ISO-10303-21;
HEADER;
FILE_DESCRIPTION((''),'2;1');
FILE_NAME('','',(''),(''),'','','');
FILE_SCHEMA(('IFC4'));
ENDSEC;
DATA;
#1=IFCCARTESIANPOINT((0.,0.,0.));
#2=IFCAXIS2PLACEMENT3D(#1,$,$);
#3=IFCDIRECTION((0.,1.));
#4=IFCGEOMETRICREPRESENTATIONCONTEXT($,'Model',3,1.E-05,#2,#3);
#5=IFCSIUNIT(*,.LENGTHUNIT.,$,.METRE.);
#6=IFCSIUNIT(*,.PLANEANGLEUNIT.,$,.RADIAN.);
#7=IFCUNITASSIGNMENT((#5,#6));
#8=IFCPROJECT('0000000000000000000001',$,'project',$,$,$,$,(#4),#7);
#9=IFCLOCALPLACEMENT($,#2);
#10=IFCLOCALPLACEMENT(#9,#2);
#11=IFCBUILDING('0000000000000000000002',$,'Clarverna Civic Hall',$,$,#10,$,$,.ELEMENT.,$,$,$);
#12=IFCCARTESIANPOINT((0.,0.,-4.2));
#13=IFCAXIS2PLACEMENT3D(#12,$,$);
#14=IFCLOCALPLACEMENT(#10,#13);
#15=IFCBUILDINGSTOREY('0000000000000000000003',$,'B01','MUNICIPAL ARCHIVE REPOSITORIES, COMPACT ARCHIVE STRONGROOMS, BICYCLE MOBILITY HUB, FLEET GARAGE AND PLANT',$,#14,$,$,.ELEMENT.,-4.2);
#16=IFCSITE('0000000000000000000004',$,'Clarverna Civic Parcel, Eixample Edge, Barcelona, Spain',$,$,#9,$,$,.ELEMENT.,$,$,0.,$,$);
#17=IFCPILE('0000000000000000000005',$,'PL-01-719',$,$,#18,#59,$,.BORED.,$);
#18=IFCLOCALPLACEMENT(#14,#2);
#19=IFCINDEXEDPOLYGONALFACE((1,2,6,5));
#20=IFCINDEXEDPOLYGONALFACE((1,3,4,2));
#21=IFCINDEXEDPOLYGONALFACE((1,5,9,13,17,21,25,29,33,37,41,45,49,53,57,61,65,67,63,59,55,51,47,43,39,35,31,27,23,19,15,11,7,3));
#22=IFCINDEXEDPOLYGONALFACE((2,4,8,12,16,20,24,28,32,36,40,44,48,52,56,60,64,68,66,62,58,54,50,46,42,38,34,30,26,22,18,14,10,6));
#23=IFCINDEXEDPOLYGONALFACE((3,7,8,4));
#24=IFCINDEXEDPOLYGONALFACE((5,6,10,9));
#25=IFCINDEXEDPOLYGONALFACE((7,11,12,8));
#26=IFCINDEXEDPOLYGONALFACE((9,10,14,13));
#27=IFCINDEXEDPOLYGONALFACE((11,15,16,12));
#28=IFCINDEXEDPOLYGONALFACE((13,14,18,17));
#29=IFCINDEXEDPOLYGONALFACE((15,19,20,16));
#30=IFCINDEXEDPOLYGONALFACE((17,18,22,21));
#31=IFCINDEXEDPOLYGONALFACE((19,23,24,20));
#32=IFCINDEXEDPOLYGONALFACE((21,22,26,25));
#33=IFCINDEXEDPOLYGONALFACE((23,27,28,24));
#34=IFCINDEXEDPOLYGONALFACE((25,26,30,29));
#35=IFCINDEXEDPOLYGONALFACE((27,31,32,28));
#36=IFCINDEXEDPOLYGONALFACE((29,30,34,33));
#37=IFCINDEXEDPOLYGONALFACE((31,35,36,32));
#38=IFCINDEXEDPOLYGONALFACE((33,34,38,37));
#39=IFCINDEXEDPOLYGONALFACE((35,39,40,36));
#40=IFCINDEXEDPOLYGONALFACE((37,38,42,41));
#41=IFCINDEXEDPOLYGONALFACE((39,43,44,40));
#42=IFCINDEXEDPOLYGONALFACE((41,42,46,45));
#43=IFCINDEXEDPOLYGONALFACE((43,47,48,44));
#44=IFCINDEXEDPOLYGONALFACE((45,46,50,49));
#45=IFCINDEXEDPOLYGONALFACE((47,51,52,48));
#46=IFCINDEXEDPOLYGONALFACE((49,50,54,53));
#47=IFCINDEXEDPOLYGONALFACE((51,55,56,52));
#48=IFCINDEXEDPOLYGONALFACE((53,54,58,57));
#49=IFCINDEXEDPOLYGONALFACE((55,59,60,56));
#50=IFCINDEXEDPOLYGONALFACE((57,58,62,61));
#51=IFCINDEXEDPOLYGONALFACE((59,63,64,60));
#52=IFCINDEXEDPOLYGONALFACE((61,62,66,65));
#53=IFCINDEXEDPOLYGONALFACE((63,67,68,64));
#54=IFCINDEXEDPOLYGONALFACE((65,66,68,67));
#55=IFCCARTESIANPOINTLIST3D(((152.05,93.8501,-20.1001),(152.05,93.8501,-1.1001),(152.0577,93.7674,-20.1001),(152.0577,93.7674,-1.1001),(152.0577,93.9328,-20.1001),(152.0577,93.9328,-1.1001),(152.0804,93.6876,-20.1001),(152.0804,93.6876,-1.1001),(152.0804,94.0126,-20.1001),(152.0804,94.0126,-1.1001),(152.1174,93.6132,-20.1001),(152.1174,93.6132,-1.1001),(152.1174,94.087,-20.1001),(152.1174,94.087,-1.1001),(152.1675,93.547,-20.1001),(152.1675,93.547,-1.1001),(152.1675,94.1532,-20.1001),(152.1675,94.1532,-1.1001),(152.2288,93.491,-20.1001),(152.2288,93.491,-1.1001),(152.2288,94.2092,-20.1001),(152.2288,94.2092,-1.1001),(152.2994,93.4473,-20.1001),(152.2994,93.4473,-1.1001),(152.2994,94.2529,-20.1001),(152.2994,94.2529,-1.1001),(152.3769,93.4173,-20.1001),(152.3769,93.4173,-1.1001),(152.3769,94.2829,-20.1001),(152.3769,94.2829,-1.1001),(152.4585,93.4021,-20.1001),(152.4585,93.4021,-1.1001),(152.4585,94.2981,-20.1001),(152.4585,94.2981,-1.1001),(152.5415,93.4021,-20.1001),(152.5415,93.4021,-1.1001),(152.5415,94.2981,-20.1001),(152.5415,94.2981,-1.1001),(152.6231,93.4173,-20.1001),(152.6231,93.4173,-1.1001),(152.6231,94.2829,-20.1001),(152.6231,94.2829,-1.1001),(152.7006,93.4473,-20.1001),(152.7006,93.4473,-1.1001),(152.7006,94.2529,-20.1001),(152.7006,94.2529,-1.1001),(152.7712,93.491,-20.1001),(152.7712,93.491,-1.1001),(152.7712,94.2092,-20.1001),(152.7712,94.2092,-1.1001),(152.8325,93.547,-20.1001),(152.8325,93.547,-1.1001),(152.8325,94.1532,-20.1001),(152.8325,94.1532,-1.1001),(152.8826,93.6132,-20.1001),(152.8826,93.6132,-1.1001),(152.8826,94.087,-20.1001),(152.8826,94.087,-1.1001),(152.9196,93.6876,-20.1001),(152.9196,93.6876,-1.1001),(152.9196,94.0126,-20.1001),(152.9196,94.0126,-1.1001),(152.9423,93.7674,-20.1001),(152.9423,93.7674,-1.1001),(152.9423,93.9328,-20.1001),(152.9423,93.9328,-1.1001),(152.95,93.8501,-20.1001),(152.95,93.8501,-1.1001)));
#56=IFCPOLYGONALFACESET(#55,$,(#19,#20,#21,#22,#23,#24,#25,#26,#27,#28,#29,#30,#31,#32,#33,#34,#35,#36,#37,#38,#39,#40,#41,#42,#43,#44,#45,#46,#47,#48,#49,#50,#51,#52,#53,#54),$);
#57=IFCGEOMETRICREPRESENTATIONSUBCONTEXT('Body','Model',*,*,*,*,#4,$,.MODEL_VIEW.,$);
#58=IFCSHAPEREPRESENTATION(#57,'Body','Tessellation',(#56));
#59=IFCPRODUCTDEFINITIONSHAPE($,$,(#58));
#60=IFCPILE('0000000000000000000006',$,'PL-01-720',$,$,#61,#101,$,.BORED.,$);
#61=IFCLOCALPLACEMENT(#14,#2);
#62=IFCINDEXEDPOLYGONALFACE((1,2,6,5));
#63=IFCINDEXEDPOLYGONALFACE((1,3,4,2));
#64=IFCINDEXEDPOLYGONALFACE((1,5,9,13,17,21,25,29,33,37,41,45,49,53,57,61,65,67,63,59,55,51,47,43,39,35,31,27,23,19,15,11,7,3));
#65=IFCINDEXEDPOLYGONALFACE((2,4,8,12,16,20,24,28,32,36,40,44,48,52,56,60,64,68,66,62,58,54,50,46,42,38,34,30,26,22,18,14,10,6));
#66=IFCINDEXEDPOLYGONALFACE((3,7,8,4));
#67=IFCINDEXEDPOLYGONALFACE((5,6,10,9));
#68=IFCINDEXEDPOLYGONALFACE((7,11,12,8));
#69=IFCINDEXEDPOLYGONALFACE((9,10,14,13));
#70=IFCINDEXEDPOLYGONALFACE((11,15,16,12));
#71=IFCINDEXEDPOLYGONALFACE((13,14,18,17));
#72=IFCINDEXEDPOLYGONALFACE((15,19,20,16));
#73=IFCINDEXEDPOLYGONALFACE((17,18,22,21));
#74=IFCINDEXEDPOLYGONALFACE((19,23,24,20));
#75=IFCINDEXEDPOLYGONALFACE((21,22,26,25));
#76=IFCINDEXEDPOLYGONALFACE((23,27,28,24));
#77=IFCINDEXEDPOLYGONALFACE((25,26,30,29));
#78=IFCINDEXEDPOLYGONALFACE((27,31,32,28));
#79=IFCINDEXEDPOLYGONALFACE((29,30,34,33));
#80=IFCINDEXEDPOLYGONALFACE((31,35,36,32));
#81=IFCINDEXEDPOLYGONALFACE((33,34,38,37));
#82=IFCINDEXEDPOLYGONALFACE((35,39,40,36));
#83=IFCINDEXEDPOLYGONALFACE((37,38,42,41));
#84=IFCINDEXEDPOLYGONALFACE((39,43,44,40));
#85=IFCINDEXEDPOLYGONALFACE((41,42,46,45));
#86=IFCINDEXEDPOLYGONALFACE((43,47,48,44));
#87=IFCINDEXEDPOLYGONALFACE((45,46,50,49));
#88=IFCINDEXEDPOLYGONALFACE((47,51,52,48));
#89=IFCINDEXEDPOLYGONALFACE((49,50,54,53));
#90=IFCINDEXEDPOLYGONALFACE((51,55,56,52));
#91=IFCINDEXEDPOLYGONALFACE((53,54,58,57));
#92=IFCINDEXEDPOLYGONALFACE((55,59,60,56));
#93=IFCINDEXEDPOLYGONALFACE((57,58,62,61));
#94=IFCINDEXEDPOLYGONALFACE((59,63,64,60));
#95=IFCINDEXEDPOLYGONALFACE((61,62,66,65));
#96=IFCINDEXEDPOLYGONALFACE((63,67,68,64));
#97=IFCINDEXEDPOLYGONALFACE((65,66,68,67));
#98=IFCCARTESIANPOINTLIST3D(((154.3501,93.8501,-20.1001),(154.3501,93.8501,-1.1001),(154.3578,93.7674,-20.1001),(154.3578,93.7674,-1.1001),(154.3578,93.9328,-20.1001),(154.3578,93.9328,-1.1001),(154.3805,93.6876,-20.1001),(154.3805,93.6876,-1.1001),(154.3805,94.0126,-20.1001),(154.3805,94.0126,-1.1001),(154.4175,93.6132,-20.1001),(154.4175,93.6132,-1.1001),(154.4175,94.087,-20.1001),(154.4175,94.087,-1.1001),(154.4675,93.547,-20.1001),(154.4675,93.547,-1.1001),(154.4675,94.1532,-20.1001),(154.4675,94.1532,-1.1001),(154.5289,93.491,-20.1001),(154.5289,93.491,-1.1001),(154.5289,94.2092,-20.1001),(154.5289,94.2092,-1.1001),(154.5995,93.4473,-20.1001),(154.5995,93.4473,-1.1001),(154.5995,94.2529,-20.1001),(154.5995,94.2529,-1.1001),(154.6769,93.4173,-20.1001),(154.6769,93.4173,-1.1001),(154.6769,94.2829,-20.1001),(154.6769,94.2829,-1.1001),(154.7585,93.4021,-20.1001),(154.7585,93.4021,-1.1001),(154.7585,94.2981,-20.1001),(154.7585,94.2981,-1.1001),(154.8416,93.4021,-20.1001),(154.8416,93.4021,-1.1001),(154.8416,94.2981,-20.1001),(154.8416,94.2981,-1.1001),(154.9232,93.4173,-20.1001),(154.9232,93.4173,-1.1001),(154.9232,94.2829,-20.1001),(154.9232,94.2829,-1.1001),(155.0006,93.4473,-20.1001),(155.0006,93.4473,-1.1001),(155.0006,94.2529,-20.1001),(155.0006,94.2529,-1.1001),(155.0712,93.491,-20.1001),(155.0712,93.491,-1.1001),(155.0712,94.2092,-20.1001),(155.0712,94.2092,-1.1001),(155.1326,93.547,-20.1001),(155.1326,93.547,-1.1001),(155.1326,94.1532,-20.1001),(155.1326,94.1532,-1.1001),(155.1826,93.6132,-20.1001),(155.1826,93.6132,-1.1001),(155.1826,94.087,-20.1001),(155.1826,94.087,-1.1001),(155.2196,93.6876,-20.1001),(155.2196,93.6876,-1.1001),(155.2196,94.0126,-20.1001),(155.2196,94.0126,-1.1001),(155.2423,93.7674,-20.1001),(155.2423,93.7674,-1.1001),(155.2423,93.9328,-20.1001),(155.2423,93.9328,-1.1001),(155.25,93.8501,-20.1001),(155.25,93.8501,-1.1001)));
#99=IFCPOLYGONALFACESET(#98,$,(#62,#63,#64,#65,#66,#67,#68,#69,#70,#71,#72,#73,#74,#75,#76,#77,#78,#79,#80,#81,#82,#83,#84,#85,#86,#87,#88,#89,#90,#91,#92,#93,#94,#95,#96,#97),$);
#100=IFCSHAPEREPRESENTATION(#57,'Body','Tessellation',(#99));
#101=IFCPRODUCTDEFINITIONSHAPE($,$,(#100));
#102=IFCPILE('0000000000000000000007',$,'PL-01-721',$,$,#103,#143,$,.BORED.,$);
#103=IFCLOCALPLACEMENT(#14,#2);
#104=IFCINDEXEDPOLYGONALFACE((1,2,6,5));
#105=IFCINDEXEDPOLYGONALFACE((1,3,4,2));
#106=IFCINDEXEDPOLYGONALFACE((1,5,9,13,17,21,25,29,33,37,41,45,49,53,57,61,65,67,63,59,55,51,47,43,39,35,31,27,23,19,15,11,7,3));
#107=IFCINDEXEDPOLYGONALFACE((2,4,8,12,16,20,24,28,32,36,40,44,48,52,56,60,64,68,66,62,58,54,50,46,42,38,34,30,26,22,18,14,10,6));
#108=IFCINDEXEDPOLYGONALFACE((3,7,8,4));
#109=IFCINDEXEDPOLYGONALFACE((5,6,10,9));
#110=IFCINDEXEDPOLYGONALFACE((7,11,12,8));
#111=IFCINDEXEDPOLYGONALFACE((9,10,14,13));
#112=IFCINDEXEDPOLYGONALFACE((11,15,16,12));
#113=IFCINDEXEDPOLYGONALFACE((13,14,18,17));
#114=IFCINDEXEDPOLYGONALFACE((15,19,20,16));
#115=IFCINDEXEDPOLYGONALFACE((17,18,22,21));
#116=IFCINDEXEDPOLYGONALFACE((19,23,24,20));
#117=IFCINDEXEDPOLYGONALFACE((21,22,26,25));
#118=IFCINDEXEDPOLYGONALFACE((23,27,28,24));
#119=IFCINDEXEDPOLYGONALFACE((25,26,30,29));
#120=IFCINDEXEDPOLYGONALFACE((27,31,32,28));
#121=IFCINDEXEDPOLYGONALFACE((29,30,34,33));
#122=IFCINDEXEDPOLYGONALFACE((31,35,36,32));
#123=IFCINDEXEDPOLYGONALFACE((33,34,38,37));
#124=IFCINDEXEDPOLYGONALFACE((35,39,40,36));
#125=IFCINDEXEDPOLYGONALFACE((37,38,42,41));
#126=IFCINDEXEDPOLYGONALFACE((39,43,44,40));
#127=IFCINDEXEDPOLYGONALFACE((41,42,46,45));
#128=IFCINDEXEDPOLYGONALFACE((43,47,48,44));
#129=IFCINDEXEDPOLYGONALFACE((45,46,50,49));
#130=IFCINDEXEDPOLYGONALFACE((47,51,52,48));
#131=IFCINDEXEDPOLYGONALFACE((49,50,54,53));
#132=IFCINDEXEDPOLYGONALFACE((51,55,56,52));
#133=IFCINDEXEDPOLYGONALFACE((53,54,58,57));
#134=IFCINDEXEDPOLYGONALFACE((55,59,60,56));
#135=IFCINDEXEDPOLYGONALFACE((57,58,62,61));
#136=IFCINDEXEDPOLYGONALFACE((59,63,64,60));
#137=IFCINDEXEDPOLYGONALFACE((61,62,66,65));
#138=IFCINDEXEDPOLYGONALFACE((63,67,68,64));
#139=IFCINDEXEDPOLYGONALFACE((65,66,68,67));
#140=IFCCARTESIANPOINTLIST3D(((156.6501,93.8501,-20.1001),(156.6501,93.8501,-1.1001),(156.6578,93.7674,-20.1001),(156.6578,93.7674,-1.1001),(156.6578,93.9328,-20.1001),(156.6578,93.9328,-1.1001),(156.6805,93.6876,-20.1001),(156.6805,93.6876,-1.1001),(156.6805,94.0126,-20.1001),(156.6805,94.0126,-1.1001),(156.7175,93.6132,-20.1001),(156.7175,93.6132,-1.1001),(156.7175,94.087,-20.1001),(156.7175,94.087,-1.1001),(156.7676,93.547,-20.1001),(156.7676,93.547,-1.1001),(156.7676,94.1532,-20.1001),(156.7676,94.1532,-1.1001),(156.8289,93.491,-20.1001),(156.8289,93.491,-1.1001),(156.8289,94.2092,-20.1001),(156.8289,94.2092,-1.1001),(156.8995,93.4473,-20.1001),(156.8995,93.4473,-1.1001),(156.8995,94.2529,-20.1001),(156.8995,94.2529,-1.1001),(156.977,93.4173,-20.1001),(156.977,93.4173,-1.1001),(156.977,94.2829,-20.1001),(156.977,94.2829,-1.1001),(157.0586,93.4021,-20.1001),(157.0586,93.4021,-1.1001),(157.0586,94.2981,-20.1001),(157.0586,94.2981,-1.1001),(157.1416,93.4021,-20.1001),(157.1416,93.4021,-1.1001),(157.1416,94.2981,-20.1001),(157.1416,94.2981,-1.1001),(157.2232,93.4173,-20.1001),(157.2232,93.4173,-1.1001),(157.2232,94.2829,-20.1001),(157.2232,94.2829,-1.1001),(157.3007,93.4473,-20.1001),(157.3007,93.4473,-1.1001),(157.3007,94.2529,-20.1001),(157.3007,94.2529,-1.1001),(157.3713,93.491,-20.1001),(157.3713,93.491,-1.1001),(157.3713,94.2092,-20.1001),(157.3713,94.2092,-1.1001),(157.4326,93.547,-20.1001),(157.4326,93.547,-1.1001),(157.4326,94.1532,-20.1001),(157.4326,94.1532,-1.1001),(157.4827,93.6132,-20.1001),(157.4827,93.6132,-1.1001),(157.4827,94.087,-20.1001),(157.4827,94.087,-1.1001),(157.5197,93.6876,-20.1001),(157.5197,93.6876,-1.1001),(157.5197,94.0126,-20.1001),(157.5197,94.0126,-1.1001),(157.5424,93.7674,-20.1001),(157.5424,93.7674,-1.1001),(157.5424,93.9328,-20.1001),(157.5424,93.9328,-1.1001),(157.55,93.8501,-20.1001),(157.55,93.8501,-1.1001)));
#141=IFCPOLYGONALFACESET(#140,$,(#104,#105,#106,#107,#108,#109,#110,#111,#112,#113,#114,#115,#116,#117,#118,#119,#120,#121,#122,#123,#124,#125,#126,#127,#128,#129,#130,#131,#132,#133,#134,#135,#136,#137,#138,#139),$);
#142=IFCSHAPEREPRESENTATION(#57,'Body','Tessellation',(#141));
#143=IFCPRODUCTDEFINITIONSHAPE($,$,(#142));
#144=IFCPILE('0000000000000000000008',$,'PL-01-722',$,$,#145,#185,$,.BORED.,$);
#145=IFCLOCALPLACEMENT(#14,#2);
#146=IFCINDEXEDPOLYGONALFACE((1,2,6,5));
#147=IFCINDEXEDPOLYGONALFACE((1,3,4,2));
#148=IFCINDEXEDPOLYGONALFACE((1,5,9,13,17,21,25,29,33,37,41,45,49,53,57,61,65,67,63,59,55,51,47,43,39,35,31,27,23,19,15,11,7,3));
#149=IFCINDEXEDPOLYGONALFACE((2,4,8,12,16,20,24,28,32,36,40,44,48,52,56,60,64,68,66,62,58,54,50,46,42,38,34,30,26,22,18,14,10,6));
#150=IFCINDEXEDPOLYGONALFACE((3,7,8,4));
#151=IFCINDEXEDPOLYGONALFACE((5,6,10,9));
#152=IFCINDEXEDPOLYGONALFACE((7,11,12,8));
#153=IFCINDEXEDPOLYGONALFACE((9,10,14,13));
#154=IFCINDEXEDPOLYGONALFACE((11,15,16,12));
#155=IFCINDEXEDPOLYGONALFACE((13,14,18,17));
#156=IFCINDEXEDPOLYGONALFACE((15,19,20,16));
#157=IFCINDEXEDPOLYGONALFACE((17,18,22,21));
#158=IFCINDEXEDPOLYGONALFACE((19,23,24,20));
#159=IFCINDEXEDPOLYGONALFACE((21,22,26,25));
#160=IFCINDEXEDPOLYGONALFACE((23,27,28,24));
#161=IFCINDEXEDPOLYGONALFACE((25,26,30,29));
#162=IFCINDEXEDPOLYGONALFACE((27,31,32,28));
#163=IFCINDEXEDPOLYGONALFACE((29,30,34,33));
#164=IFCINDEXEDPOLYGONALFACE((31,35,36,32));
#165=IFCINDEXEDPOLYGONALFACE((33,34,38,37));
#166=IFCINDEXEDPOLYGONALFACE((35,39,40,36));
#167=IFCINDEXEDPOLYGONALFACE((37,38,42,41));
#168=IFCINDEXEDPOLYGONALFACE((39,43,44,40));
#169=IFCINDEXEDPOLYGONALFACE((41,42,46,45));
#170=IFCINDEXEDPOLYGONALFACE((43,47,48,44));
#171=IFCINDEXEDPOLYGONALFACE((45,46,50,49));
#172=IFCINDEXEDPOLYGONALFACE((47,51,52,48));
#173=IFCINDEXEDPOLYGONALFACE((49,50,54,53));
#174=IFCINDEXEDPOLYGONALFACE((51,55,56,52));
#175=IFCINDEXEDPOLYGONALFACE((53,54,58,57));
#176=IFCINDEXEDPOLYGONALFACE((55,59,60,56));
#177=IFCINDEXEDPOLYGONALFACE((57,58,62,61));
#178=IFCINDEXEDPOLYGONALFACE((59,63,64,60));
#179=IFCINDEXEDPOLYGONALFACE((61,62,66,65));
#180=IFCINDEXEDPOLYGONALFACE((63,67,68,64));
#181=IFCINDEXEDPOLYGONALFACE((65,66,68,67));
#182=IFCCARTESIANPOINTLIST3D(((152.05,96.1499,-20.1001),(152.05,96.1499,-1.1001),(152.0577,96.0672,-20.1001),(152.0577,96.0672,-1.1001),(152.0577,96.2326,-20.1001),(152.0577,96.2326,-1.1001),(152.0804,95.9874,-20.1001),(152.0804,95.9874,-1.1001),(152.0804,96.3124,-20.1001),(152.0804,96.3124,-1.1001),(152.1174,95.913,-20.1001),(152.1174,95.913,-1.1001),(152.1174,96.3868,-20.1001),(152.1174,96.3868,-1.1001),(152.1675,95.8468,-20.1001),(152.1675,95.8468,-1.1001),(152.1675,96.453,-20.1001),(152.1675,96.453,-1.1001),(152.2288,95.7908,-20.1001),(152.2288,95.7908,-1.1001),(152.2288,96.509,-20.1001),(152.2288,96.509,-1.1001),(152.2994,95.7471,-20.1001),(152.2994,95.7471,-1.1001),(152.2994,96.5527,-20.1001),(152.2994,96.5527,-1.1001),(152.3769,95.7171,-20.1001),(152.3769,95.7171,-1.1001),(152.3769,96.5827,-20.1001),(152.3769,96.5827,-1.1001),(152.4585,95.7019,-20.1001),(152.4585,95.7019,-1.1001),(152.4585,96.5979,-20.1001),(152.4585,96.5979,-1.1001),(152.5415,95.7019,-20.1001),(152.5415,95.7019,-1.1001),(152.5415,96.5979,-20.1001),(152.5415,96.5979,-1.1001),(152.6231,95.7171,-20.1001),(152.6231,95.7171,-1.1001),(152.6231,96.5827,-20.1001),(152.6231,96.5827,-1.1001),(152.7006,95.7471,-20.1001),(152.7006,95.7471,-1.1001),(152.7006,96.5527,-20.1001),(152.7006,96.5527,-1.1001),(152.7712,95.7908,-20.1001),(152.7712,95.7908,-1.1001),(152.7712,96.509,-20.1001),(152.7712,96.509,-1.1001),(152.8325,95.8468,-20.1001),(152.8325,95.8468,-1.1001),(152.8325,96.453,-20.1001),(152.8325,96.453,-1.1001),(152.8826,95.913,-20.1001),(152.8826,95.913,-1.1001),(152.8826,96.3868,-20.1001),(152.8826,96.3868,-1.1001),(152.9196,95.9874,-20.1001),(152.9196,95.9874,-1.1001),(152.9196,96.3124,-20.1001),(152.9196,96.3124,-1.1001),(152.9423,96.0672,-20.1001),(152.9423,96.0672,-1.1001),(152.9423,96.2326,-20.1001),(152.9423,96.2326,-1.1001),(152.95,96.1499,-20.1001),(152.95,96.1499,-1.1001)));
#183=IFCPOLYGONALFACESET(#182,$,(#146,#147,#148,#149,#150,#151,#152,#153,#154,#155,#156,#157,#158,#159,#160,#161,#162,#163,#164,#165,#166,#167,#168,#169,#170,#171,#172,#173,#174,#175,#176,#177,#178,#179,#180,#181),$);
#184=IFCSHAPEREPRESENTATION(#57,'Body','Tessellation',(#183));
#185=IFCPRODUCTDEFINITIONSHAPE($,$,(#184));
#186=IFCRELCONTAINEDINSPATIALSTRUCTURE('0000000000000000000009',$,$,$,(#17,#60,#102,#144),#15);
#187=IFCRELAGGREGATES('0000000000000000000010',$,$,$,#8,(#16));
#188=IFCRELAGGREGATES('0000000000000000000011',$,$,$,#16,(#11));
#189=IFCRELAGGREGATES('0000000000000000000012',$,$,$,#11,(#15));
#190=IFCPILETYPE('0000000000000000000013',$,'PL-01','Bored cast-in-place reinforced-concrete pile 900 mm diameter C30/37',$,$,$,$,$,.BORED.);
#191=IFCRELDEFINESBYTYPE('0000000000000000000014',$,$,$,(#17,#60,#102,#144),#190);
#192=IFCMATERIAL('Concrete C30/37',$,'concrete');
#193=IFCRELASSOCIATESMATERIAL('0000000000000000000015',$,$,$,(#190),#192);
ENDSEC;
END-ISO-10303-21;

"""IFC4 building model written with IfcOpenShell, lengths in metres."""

from ifc_helpers import new_model, si_unit, direction, frame, origin, origin_2d, place, context, subcontext, project, spatial, circle, extrude, material, material_profile, profile_set, type_object, element, save


model = new_model("IFC4")

# Units and contexts
model_context = context("Model", 3, precision=1e-05, world=origin(), true_north=direction((0.0, 1.0)))
body_context = subcontext(model_context, "Body", "Model", "MODEL_VIEW")
ifc_project = project(units=[si_unit("LENGTHUNIT", "METRE"), si_unit("PLANEANGLEUNIT", "RADIAN")], contexts=[model_context])

# Site, building, storey
site_placement = place(None, origin())
site = spatial("IfcSite", under=ifc_project, at=site_placement, Name="Clarverna Civic Parcel, Eixample Edge, Barcelona, Spain", CompositionType="ELEMENT", RefElevation=0.0)
building_placement = place(site_placement, origin())
building = spatial("IfcBuilding", under=site, at=building_placement, Name="Clarverna Civic Hall", CompositionType="ELEMENT")
storey_placement = place(building_placement, frame((0.0, 0.0, -4.2)))
storey = spatial("IfcBuildingStorey", under=building, at=storey_placement, Name="B01", Description="MUNICIPAL ARCHIVE REPOSITORIES, COMPACT ARCHIVE STRONGROOMS, BICYCLE MOBILITY HUB, FLEET GARAGE AND PLANT", CompositionType="ELEMENT", Elevation=-4.2)

# Shared definitions
ifc_material_1 = material(Name="Concrete C30/37", Category="concrete")

# Piles
ifc_material_profile_1 = material_profile(ifc_material_1, circle(Radius=0.45, at=origin_2d()), Name="BORED PILE D900")
ifc_profile_set_1 = profile_set([ifc_material_profile_1], Name="Concrete C30/37")
pile_type = type_object("IfcPileType", Name="PL-01", Description="Bored cast-in-place reinforced-concrete pile 900 mm diameter C30/37", PredefinedType="BORED", material=ifc_profile_set_1)
for number, where, z_axis, x_axis, name in (
    (1, (152.5, 93.8501, -1.1001), (0.0, 0.0, -1.0), (1.0, 0.0, 0.0), "PL-01-719"),
    (2, (154.8, 93.8501, -1.1001), (0.0, 0.0, -1.0), (1.0, 0.0, 0.0), "PL-01-720"),
    (3, (157.1001, 93.8501, -1.1001), (0.0, 0.0, -1.0), (1.0, 0.0, 0.0), "PL-01-721"),
    (4, (152.5, 96.1499, -1.1001), (0.0, 0.0, -1.0), (1.0, 0.0, 0.0), "PL-01-722"),
):
    element("IfcPile", number, at=place(storey_placement, frame(where, z_axis=z_axis, x_axis=x_axis)), inside=storey, type_object=pile_type, Name=name, PredefinedType="BORED", context=body_context, shape_type="SweptSolid", body=[
        extrude(circle(Radius=0.45, at=origin_2d()), origin(), (0.0, 0.0, 1.0), 19.0),
    ])

save(model, "model.ifc")
